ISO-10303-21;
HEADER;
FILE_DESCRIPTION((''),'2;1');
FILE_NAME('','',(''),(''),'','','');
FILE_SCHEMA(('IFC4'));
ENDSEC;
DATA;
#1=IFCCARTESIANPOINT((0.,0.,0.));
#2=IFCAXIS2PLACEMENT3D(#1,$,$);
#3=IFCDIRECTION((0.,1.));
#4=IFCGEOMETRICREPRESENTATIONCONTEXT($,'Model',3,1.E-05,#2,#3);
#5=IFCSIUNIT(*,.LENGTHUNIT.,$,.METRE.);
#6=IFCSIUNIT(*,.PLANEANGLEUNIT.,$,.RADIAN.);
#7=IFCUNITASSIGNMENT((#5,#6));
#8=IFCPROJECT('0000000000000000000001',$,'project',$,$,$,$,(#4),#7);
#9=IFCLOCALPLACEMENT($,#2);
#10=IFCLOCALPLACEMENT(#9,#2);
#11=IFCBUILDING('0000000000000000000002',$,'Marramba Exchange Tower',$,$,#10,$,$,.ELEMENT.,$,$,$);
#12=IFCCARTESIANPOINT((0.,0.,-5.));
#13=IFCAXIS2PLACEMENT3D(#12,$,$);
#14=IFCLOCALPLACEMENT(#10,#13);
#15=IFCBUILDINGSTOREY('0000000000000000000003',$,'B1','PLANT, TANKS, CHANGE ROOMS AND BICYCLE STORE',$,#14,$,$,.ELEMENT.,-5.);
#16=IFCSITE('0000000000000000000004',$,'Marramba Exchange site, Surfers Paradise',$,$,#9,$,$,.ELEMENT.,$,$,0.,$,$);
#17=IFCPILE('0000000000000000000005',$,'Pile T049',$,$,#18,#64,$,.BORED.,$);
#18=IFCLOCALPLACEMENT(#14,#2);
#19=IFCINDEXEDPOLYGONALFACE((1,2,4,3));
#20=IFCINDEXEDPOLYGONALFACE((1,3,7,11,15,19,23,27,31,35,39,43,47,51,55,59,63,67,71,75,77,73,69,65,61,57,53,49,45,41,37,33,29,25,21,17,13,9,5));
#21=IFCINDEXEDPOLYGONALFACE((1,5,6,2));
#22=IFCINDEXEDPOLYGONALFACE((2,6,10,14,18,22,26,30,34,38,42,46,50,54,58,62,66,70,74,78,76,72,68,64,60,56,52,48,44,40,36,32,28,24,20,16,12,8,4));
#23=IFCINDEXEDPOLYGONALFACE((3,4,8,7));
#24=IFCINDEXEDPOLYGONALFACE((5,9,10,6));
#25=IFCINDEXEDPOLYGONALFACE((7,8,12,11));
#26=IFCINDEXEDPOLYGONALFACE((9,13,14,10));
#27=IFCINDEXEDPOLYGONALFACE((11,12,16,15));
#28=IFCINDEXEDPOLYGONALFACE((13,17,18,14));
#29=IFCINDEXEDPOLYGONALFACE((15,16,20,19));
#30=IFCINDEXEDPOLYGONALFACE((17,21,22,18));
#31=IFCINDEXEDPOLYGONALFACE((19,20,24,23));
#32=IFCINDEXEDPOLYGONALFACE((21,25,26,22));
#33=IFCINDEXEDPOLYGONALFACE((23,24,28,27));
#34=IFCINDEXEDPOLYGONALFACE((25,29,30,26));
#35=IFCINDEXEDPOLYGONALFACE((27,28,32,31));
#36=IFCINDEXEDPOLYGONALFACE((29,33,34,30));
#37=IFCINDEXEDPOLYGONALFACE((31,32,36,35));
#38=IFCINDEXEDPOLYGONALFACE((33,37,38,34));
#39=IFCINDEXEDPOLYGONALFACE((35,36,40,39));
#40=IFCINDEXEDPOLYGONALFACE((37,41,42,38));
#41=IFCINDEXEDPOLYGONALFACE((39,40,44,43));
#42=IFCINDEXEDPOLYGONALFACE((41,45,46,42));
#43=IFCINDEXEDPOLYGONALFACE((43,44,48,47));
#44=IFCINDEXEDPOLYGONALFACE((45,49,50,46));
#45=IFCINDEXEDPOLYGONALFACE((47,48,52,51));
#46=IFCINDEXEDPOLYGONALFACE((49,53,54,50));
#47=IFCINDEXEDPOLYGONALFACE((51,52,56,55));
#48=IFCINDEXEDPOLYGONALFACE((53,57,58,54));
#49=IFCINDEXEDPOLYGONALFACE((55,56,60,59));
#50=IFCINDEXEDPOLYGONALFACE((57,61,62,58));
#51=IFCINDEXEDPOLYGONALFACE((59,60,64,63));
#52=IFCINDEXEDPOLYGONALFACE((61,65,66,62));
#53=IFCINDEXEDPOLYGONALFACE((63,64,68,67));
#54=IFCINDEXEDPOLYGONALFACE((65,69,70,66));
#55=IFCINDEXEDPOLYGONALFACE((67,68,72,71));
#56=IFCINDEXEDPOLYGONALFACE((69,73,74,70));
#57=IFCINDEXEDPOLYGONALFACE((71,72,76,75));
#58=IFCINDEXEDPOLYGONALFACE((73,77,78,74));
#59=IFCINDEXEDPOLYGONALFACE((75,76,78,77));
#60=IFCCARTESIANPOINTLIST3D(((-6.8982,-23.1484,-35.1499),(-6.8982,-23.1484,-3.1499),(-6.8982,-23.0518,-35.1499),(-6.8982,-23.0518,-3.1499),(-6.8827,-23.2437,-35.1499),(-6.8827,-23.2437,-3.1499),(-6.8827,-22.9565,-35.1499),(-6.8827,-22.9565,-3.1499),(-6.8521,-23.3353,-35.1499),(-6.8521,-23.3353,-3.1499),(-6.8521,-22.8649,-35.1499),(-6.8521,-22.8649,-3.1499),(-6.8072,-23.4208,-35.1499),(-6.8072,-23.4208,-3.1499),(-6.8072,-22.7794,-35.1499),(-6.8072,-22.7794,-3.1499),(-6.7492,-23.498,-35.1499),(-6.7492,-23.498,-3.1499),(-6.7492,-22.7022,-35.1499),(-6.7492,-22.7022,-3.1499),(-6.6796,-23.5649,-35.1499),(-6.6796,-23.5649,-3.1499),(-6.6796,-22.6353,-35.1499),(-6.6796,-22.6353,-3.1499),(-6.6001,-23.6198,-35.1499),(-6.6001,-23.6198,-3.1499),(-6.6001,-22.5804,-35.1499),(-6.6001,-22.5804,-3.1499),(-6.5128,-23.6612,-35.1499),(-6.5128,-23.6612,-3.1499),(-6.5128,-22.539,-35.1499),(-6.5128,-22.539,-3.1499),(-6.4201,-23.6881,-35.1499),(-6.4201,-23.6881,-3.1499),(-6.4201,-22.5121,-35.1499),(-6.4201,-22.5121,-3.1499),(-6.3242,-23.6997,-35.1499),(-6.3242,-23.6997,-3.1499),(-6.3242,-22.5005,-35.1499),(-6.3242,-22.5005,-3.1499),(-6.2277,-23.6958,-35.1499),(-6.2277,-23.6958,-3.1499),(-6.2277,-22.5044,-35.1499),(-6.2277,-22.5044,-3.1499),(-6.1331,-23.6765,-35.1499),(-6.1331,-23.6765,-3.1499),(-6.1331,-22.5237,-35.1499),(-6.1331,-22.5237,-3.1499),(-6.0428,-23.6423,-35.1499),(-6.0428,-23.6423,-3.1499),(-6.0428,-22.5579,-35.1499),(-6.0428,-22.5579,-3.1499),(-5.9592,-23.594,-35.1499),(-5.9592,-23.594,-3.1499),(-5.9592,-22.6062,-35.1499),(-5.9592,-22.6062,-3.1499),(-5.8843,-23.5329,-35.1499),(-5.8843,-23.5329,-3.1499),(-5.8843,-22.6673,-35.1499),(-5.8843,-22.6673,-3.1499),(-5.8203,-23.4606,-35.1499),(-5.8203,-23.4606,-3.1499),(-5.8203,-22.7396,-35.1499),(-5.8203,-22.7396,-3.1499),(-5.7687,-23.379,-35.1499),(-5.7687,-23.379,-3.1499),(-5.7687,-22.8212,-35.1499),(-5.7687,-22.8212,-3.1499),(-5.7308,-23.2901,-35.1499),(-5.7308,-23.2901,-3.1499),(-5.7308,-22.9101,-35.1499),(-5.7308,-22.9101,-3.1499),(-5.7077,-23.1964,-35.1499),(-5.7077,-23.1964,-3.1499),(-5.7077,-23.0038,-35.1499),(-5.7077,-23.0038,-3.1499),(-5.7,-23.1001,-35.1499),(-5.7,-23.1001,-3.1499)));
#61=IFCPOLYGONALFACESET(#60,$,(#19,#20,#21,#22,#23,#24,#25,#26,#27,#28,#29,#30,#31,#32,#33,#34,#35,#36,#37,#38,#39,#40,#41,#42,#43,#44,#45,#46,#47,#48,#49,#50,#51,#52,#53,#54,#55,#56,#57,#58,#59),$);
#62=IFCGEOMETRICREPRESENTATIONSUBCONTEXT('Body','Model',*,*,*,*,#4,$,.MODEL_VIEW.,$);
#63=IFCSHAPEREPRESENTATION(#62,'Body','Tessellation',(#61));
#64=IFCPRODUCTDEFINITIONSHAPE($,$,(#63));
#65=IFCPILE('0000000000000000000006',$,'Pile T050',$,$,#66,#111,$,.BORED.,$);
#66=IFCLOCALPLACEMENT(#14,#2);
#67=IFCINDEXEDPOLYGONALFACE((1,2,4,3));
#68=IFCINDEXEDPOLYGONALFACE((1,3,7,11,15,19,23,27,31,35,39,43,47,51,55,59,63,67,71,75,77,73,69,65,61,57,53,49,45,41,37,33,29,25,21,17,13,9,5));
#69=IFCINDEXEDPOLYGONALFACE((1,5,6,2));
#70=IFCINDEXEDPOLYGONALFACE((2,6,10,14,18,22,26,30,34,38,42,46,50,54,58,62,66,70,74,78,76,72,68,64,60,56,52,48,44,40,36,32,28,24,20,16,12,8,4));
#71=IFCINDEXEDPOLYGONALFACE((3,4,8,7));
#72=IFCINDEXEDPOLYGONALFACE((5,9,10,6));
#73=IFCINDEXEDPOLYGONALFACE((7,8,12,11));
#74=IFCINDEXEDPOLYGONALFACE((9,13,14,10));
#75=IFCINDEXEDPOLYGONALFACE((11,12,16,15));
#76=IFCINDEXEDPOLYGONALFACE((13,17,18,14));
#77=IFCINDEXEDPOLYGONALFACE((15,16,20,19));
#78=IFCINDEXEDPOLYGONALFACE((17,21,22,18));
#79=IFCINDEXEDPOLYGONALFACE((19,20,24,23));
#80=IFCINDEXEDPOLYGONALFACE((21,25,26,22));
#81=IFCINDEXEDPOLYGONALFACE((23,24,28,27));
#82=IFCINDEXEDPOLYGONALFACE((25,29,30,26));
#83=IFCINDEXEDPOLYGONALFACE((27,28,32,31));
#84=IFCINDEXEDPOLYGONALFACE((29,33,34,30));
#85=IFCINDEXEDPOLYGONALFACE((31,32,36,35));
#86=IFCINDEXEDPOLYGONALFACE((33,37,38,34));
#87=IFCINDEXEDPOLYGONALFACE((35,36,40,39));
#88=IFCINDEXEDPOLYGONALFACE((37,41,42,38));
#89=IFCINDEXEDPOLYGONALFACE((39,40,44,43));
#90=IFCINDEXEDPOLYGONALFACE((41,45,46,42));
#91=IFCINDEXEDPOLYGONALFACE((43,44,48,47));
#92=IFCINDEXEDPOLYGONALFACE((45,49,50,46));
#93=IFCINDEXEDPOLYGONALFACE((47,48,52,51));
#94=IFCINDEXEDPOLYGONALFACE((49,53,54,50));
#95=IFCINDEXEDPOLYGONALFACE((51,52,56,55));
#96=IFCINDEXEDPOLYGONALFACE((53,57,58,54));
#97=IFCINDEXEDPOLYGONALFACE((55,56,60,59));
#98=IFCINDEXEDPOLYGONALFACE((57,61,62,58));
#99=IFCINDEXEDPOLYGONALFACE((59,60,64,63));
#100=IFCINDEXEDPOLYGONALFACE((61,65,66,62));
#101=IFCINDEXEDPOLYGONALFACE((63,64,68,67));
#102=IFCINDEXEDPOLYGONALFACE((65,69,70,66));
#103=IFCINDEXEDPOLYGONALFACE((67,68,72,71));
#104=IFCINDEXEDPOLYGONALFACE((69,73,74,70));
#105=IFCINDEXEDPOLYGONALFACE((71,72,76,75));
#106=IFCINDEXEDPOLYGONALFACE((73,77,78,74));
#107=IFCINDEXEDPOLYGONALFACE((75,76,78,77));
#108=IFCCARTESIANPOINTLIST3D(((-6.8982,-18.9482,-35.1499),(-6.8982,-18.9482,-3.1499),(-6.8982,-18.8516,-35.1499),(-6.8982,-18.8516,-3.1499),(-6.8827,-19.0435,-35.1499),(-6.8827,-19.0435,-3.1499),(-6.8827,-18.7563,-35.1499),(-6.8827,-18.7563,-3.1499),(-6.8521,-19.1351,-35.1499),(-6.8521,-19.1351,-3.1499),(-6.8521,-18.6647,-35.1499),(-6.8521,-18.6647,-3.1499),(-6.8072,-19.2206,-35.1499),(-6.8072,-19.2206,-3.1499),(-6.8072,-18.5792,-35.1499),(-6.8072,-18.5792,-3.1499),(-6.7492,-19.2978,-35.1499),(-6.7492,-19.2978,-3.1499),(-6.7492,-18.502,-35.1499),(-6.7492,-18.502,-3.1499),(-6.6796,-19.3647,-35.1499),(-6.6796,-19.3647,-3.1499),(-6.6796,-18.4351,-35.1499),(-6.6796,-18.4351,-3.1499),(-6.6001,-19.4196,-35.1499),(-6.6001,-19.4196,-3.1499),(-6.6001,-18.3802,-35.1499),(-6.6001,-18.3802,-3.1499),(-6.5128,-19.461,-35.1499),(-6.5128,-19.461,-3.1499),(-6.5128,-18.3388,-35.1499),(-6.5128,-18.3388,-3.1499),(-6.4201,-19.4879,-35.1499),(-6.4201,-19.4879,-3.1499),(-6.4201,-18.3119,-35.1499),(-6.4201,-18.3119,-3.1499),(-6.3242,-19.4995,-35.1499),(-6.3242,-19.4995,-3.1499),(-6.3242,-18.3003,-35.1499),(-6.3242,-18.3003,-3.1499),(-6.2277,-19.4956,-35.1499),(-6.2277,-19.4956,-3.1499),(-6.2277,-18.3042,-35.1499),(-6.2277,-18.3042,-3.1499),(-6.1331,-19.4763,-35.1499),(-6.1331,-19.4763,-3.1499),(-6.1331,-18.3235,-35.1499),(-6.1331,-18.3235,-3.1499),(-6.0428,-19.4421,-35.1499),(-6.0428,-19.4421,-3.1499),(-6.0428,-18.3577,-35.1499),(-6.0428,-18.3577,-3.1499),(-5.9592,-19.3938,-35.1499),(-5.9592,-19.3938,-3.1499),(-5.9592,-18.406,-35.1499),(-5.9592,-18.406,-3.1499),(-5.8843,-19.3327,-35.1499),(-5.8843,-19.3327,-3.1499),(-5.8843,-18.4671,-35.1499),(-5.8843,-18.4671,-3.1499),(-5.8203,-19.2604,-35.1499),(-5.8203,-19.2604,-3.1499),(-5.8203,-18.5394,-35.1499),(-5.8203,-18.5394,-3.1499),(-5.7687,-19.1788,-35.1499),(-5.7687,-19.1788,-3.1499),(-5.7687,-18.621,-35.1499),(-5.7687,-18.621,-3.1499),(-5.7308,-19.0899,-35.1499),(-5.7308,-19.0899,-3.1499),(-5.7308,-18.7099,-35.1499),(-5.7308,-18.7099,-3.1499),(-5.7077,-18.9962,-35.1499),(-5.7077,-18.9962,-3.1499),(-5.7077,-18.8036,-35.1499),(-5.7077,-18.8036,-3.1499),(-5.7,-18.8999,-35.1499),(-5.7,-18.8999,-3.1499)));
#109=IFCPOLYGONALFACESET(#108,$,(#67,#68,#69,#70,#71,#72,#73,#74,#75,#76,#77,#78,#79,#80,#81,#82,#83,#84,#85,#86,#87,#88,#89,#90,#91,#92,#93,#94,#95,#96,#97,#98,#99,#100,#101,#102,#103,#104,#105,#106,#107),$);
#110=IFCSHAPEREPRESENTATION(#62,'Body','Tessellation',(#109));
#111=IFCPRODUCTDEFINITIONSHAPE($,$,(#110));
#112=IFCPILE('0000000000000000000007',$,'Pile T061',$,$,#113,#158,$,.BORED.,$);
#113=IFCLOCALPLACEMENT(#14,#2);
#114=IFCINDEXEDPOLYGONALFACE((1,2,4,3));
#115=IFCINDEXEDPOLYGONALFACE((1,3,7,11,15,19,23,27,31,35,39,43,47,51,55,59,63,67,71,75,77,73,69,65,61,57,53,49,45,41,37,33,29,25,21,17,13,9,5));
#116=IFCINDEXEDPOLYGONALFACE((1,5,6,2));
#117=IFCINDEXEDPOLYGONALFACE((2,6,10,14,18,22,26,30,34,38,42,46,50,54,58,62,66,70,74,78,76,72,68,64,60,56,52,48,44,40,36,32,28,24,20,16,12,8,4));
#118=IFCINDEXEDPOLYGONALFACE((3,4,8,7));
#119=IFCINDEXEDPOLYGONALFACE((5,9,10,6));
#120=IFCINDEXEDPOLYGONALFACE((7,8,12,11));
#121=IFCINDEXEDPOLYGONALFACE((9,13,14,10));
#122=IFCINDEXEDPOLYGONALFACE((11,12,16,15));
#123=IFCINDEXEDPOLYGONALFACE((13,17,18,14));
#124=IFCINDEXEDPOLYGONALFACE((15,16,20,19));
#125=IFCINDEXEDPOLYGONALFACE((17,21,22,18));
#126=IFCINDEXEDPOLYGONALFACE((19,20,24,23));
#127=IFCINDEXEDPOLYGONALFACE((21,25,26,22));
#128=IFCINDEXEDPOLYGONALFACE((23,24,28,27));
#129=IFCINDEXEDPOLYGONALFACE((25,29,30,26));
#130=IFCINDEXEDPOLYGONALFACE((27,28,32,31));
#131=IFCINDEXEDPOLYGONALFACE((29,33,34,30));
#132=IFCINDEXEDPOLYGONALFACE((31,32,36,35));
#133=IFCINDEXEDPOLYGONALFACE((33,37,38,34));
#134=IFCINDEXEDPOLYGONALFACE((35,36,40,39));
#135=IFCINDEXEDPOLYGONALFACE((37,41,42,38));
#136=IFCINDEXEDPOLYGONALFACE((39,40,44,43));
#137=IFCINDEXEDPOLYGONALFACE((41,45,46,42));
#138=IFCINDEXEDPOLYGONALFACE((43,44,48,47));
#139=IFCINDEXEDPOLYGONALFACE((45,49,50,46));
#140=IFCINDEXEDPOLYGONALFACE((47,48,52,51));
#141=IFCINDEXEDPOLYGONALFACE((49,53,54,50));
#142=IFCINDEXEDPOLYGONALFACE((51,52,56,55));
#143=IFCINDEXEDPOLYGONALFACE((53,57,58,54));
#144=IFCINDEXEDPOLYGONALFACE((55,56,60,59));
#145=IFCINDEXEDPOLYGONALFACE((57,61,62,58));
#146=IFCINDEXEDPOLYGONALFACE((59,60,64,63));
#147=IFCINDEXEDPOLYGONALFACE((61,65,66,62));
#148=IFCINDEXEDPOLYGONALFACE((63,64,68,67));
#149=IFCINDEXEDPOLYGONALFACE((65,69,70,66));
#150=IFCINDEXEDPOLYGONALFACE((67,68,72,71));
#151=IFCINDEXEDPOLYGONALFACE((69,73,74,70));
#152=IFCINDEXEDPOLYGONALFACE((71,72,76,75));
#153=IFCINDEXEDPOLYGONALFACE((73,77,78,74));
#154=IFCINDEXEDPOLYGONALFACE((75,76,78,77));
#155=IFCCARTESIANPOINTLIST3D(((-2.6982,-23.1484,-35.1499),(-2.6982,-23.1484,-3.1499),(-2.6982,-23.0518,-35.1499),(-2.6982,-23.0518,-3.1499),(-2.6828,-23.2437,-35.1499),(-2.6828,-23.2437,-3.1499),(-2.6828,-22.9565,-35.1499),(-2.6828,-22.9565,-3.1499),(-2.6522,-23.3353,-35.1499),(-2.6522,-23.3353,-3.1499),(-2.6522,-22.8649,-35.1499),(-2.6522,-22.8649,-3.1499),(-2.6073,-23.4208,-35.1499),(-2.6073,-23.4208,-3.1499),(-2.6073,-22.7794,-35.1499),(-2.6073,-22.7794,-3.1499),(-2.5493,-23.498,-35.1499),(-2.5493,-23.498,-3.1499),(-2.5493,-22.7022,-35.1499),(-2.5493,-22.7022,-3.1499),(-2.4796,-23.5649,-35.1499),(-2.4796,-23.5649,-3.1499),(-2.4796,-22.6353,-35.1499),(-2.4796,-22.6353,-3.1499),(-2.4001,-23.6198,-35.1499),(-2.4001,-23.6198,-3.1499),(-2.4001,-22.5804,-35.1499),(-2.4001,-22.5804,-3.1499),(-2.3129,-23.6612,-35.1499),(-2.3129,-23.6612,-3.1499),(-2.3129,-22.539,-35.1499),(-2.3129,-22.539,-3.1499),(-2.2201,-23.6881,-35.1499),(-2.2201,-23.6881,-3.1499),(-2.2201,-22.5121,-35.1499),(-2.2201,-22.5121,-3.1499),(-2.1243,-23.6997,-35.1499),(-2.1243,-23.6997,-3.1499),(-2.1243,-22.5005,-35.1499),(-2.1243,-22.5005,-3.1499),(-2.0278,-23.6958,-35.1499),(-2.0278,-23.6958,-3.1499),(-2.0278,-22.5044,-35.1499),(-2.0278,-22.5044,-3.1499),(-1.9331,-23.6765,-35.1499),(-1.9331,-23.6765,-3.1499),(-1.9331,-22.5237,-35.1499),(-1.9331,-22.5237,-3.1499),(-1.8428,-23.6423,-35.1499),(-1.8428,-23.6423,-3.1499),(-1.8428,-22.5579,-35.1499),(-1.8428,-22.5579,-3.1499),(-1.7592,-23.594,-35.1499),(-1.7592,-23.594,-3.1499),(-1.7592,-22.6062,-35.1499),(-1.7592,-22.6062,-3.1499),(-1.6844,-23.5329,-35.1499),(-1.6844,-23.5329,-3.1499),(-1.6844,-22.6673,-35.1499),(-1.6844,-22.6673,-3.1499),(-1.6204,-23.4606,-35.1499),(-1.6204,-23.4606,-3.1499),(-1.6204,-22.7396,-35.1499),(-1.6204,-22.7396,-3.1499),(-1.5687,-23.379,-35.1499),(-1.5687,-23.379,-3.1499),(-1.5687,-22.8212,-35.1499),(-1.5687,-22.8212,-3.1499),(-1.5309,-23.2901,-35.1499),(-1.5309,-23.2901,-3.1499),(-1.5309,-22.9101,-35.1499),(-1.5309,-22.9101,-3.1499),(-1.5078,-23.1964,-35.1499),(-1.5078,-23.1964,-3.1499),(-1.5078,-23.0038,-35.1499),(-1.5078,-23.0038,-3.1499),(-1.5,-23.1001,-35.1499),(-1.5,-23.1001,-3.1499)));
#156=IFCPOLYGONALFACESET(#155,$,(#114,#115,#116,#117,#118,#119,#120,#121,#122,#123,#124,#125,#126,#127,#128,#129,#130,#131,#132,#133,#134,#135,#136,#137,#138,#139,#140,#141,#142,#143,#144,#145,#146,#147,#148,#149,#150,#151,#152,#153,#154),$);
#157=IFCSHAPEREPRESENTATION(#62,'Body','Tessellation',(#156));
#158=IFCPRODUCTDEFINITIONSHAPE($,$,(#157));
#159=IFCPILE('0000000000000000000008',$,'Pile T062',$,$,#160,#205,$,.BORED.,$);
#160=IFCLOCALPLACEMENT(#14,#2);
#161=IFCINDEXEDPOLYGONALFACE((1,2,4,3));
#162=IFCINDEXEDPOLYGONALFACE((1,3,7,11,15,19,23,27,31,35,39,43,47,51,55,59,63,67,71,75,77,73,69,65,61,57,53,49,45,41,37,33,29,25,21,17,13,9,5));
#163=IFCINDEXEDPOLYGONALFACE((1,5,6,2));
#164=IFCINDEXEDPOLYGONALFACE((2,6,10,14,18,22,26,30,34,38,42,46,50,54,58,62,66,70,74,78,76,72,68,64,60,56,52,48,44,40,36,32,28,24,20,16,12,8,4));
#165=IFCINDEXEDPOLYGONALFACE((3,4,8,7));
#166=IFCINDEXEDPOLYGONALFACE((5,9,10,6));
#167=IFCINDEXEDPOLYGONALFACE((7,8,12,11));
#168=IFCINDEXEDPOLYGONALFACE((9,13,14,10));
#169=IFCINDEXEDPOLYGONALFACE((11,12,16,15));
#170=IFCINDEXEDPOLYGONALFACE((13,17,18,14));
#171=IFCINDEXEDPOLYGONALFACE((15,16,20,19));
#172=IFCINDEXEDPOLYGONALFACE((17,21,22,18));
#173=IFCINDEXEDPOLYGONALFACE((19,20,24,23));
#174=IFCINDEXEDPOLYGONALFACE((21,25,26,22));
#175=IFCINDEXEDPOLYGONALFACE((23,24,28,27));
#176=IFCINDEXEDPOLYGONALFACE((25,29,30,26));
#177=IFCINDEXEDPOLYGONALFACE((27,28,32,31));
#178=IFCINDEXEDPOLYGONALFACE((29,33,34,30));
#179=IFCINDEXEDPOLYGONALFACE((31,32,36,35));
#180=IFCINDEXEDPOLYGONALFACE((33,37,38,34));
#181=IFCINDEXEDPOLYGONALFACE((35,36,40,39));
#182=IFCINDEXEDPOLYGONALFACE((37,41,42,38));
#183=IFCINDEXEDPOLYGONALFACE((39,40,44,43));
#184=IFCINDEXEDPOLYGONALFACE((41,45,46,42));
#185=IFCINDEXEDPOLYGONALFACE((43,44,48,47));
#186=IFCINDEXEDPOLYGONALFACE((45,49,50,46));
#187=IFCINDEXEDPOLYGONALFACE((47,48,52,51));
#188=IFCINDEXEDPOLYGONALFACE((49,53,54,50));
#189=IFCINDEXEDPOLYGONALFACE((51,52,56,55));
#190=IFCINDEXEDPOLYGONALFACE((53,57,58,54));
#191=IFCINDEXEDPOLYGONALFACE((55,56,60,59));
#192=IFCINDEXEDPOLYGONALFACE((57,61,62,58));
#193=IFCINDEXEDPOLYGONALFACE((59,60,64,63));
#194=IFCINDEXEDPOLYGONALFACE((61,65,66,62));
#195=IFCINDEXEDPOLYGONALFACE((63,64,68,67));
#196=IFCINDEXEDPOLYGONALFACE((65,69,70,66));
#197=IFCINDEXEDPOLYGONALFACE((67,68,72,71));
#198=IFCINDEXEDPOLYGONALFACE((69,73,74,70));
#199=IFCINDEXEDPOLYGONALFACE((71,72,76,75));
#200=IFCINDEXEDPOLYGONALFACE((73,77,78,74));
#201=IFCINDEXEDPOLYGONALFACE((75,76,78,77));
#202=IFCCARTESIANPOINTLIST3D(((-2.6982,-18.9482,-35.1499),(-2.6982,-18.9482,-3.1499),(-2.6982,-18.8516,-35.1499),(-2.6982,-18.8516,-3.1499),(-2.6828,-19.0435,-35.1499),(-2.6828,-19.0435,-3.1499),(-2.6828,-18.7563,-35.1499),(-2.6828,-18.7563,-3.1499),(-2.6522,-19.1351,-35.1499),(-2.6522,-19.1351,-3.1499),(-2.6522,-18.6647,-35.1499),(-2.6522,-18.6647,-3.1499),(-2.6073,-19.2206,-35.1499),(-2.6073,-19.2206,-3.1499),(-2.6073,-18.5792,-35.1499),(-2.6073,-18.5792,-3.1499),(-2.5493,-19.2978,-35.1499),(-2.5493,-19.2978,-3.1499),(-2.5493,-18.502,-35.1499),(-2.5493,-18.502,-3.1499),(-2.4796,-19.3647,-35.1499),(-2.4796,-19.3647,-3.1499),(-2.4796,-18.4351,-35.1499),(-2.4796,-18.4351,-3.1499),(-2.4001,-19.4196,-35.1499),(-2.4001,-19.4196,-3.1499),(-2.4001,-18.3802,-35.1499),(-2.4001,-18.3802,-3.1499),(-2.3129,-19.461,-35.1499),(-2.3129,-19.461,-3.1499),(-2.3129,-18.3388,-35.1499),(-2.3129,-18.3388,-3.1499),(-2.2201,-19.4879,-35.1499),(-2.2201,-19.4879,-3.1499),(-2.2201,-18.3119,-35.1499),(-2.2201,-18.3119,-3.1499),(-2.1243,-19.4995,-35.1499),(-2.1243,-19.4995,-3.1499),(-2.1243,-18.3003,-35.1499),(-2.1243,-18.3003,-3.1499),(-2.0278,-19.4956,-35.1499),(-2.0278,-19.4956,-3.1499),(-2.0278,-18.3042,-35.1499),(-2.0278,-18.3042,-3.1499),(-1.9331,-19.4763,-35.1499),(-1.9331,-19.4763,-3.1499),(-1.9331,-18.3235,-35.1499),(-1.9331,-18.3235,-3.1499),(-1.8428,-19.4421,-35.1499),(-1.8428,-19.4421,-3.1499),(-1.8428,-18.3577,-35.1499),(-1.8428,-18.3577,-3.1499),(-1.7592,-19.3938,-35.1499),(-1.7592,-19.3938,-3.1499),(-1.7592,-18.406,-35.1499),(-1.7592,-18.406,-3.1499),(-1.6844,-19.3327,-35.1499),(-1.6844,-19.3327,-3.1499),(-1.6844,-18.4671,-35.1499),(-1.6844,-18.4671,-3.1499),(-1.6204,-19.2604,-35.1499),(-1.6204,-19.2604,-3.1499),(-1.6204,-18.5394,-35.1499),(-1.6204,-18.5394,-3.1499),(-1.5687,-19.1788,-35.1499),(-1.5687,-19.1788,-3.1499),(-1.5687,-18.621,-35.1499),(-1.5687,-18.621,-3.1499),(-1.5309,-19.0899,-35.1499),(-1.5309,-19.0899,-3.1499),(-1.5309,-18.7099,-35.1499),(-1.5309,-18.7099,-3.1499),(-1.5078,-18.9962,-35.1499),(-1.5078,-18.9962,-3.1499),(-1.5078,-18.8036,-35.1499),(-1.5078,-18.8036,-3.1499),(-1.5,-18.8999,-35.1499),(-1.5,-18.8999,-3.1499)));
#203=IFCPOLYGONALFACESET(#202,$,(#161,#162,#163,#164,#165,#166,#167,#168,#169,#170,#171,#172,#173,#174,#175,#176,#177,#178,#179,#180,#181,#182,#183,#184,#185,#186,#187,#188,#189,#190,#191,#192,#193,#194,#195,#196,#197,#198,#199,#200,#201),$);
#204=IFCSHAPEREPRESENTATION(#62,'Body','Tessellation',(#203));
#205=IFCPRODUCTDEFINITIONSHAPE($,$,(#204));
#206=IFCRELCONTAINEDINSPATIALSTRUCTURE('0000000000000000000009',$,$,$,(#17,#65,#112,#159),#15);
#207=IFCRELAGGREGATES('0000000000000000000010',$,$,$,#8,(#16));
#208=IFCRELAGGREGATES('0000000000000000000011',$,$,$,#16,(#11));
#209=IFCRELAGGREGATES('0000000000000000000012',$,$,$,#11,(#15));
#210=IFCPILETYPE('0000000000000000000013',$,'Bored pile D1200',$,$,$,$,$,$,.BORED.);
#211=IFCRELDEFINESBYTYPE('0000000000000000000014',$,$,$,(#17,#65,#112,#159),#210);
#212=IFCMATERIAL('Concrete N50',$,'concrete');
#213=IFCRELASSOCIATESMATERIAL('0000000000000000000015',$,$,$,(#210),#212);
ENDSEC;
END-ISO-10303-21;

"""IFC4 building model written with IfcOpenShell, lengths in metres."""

from ifc_helpers import new_model, si_unit, direction, frame, origin, origin_2d, place, context, subcontext, project, spatial, circle, extrude, material, material_profile, profile_set, type_object, element, save


model = new_model("IFC4")

# Units and contexts
model_context = context("Model", 3, precision=1e-05, world=origin(), true_north=direction((0.0, 1.0)))
body_context = subcontext(model_context, "Body", "Model", "MODEL_VIEW")
ifc_project = project(units=[si_unit("LENGTHUNIT", "METRE"), si_unit("PLANEANGLEUNIT", "RADIAN")], contexts=[model_context])

# Site, building, storey
site_placement = place(None, origin())
site = spatial("IfcSite", under=ifc_project, at=site_placement, Name="Marramba Exchange site, Surfers Paradise", CompositionType="ELEMENT", RefElevation=0.0)
building_placement = place(site_placement, origin())
building = spatial("IfcBuilding", under=site, at=building_placement, Name="Marramba Exchange Tower", CompositionType="ELEMENT")
storey_placement = place(building_placement, frame((0.0, 0.0, -5.0)))
storey = spatial("IfcBuildingStorey", under=building, at=storey_placement, Name="B1", Description="PLANT, TANKS, CHANGE ROOMS AND BICYCLE STORE", CompositionType="ELEMENT", Elevation=-5.0)

# Piles
ifc_material_1 = material(Name="Concrete N50", Category="concrete")
ifc_material_profile_1 = material_profile(ifc_material_1, circle(Radius=0.6001, at=origin_2d()), Name="BP D1200")
ifc_profile_set_1 = profile_set([ifc_material_profile_1], Name="Concrete N50")
pile_type_1 = type_object("IfcPileType", Name="Bored pile D1200", PredefinedType="BORED", material=ifc_profile_set_1)
for number, where, z_axis, x_axis, name in (
    (1, (-6.3, -23.1001, -3.1499), (0.0, 0.0, -1.0), (1.0, 0.0, 0.0), "Pile T049"),
    (2, (-6.3, -18.8999, -3.1499), (0.0, 0.0, -1.0), (1.0, 0.0, 0.0), "Pile T050"),
    (3, (-2.1001, -23.1001, -3.1499), (0.0, 0.0, -1.0), (1.0, 0.0, 0.0), "Pile T061"),
    (4, (-2.1001, -18.8999, -3.1499), (0.0, 0.0, -1.0), (1.0, 0.0, 0.0), "Pile T062"),
):
    element("IfcPile", number, at=place(storey_placement, frame(where, z_axis=z_axis, x_axis=x_axis)), inside=storey, type_object=pile_type_1, Name=name, PredefinedType="BORED", context=body_context, shape_type="SweptSolid", body=[
        extrude(circle(Radius=0.6001, at=origin_2d()), origin(), (0.0, 0.0, 1.0), 32.0),
    ])

save(model, "model.ifc")
